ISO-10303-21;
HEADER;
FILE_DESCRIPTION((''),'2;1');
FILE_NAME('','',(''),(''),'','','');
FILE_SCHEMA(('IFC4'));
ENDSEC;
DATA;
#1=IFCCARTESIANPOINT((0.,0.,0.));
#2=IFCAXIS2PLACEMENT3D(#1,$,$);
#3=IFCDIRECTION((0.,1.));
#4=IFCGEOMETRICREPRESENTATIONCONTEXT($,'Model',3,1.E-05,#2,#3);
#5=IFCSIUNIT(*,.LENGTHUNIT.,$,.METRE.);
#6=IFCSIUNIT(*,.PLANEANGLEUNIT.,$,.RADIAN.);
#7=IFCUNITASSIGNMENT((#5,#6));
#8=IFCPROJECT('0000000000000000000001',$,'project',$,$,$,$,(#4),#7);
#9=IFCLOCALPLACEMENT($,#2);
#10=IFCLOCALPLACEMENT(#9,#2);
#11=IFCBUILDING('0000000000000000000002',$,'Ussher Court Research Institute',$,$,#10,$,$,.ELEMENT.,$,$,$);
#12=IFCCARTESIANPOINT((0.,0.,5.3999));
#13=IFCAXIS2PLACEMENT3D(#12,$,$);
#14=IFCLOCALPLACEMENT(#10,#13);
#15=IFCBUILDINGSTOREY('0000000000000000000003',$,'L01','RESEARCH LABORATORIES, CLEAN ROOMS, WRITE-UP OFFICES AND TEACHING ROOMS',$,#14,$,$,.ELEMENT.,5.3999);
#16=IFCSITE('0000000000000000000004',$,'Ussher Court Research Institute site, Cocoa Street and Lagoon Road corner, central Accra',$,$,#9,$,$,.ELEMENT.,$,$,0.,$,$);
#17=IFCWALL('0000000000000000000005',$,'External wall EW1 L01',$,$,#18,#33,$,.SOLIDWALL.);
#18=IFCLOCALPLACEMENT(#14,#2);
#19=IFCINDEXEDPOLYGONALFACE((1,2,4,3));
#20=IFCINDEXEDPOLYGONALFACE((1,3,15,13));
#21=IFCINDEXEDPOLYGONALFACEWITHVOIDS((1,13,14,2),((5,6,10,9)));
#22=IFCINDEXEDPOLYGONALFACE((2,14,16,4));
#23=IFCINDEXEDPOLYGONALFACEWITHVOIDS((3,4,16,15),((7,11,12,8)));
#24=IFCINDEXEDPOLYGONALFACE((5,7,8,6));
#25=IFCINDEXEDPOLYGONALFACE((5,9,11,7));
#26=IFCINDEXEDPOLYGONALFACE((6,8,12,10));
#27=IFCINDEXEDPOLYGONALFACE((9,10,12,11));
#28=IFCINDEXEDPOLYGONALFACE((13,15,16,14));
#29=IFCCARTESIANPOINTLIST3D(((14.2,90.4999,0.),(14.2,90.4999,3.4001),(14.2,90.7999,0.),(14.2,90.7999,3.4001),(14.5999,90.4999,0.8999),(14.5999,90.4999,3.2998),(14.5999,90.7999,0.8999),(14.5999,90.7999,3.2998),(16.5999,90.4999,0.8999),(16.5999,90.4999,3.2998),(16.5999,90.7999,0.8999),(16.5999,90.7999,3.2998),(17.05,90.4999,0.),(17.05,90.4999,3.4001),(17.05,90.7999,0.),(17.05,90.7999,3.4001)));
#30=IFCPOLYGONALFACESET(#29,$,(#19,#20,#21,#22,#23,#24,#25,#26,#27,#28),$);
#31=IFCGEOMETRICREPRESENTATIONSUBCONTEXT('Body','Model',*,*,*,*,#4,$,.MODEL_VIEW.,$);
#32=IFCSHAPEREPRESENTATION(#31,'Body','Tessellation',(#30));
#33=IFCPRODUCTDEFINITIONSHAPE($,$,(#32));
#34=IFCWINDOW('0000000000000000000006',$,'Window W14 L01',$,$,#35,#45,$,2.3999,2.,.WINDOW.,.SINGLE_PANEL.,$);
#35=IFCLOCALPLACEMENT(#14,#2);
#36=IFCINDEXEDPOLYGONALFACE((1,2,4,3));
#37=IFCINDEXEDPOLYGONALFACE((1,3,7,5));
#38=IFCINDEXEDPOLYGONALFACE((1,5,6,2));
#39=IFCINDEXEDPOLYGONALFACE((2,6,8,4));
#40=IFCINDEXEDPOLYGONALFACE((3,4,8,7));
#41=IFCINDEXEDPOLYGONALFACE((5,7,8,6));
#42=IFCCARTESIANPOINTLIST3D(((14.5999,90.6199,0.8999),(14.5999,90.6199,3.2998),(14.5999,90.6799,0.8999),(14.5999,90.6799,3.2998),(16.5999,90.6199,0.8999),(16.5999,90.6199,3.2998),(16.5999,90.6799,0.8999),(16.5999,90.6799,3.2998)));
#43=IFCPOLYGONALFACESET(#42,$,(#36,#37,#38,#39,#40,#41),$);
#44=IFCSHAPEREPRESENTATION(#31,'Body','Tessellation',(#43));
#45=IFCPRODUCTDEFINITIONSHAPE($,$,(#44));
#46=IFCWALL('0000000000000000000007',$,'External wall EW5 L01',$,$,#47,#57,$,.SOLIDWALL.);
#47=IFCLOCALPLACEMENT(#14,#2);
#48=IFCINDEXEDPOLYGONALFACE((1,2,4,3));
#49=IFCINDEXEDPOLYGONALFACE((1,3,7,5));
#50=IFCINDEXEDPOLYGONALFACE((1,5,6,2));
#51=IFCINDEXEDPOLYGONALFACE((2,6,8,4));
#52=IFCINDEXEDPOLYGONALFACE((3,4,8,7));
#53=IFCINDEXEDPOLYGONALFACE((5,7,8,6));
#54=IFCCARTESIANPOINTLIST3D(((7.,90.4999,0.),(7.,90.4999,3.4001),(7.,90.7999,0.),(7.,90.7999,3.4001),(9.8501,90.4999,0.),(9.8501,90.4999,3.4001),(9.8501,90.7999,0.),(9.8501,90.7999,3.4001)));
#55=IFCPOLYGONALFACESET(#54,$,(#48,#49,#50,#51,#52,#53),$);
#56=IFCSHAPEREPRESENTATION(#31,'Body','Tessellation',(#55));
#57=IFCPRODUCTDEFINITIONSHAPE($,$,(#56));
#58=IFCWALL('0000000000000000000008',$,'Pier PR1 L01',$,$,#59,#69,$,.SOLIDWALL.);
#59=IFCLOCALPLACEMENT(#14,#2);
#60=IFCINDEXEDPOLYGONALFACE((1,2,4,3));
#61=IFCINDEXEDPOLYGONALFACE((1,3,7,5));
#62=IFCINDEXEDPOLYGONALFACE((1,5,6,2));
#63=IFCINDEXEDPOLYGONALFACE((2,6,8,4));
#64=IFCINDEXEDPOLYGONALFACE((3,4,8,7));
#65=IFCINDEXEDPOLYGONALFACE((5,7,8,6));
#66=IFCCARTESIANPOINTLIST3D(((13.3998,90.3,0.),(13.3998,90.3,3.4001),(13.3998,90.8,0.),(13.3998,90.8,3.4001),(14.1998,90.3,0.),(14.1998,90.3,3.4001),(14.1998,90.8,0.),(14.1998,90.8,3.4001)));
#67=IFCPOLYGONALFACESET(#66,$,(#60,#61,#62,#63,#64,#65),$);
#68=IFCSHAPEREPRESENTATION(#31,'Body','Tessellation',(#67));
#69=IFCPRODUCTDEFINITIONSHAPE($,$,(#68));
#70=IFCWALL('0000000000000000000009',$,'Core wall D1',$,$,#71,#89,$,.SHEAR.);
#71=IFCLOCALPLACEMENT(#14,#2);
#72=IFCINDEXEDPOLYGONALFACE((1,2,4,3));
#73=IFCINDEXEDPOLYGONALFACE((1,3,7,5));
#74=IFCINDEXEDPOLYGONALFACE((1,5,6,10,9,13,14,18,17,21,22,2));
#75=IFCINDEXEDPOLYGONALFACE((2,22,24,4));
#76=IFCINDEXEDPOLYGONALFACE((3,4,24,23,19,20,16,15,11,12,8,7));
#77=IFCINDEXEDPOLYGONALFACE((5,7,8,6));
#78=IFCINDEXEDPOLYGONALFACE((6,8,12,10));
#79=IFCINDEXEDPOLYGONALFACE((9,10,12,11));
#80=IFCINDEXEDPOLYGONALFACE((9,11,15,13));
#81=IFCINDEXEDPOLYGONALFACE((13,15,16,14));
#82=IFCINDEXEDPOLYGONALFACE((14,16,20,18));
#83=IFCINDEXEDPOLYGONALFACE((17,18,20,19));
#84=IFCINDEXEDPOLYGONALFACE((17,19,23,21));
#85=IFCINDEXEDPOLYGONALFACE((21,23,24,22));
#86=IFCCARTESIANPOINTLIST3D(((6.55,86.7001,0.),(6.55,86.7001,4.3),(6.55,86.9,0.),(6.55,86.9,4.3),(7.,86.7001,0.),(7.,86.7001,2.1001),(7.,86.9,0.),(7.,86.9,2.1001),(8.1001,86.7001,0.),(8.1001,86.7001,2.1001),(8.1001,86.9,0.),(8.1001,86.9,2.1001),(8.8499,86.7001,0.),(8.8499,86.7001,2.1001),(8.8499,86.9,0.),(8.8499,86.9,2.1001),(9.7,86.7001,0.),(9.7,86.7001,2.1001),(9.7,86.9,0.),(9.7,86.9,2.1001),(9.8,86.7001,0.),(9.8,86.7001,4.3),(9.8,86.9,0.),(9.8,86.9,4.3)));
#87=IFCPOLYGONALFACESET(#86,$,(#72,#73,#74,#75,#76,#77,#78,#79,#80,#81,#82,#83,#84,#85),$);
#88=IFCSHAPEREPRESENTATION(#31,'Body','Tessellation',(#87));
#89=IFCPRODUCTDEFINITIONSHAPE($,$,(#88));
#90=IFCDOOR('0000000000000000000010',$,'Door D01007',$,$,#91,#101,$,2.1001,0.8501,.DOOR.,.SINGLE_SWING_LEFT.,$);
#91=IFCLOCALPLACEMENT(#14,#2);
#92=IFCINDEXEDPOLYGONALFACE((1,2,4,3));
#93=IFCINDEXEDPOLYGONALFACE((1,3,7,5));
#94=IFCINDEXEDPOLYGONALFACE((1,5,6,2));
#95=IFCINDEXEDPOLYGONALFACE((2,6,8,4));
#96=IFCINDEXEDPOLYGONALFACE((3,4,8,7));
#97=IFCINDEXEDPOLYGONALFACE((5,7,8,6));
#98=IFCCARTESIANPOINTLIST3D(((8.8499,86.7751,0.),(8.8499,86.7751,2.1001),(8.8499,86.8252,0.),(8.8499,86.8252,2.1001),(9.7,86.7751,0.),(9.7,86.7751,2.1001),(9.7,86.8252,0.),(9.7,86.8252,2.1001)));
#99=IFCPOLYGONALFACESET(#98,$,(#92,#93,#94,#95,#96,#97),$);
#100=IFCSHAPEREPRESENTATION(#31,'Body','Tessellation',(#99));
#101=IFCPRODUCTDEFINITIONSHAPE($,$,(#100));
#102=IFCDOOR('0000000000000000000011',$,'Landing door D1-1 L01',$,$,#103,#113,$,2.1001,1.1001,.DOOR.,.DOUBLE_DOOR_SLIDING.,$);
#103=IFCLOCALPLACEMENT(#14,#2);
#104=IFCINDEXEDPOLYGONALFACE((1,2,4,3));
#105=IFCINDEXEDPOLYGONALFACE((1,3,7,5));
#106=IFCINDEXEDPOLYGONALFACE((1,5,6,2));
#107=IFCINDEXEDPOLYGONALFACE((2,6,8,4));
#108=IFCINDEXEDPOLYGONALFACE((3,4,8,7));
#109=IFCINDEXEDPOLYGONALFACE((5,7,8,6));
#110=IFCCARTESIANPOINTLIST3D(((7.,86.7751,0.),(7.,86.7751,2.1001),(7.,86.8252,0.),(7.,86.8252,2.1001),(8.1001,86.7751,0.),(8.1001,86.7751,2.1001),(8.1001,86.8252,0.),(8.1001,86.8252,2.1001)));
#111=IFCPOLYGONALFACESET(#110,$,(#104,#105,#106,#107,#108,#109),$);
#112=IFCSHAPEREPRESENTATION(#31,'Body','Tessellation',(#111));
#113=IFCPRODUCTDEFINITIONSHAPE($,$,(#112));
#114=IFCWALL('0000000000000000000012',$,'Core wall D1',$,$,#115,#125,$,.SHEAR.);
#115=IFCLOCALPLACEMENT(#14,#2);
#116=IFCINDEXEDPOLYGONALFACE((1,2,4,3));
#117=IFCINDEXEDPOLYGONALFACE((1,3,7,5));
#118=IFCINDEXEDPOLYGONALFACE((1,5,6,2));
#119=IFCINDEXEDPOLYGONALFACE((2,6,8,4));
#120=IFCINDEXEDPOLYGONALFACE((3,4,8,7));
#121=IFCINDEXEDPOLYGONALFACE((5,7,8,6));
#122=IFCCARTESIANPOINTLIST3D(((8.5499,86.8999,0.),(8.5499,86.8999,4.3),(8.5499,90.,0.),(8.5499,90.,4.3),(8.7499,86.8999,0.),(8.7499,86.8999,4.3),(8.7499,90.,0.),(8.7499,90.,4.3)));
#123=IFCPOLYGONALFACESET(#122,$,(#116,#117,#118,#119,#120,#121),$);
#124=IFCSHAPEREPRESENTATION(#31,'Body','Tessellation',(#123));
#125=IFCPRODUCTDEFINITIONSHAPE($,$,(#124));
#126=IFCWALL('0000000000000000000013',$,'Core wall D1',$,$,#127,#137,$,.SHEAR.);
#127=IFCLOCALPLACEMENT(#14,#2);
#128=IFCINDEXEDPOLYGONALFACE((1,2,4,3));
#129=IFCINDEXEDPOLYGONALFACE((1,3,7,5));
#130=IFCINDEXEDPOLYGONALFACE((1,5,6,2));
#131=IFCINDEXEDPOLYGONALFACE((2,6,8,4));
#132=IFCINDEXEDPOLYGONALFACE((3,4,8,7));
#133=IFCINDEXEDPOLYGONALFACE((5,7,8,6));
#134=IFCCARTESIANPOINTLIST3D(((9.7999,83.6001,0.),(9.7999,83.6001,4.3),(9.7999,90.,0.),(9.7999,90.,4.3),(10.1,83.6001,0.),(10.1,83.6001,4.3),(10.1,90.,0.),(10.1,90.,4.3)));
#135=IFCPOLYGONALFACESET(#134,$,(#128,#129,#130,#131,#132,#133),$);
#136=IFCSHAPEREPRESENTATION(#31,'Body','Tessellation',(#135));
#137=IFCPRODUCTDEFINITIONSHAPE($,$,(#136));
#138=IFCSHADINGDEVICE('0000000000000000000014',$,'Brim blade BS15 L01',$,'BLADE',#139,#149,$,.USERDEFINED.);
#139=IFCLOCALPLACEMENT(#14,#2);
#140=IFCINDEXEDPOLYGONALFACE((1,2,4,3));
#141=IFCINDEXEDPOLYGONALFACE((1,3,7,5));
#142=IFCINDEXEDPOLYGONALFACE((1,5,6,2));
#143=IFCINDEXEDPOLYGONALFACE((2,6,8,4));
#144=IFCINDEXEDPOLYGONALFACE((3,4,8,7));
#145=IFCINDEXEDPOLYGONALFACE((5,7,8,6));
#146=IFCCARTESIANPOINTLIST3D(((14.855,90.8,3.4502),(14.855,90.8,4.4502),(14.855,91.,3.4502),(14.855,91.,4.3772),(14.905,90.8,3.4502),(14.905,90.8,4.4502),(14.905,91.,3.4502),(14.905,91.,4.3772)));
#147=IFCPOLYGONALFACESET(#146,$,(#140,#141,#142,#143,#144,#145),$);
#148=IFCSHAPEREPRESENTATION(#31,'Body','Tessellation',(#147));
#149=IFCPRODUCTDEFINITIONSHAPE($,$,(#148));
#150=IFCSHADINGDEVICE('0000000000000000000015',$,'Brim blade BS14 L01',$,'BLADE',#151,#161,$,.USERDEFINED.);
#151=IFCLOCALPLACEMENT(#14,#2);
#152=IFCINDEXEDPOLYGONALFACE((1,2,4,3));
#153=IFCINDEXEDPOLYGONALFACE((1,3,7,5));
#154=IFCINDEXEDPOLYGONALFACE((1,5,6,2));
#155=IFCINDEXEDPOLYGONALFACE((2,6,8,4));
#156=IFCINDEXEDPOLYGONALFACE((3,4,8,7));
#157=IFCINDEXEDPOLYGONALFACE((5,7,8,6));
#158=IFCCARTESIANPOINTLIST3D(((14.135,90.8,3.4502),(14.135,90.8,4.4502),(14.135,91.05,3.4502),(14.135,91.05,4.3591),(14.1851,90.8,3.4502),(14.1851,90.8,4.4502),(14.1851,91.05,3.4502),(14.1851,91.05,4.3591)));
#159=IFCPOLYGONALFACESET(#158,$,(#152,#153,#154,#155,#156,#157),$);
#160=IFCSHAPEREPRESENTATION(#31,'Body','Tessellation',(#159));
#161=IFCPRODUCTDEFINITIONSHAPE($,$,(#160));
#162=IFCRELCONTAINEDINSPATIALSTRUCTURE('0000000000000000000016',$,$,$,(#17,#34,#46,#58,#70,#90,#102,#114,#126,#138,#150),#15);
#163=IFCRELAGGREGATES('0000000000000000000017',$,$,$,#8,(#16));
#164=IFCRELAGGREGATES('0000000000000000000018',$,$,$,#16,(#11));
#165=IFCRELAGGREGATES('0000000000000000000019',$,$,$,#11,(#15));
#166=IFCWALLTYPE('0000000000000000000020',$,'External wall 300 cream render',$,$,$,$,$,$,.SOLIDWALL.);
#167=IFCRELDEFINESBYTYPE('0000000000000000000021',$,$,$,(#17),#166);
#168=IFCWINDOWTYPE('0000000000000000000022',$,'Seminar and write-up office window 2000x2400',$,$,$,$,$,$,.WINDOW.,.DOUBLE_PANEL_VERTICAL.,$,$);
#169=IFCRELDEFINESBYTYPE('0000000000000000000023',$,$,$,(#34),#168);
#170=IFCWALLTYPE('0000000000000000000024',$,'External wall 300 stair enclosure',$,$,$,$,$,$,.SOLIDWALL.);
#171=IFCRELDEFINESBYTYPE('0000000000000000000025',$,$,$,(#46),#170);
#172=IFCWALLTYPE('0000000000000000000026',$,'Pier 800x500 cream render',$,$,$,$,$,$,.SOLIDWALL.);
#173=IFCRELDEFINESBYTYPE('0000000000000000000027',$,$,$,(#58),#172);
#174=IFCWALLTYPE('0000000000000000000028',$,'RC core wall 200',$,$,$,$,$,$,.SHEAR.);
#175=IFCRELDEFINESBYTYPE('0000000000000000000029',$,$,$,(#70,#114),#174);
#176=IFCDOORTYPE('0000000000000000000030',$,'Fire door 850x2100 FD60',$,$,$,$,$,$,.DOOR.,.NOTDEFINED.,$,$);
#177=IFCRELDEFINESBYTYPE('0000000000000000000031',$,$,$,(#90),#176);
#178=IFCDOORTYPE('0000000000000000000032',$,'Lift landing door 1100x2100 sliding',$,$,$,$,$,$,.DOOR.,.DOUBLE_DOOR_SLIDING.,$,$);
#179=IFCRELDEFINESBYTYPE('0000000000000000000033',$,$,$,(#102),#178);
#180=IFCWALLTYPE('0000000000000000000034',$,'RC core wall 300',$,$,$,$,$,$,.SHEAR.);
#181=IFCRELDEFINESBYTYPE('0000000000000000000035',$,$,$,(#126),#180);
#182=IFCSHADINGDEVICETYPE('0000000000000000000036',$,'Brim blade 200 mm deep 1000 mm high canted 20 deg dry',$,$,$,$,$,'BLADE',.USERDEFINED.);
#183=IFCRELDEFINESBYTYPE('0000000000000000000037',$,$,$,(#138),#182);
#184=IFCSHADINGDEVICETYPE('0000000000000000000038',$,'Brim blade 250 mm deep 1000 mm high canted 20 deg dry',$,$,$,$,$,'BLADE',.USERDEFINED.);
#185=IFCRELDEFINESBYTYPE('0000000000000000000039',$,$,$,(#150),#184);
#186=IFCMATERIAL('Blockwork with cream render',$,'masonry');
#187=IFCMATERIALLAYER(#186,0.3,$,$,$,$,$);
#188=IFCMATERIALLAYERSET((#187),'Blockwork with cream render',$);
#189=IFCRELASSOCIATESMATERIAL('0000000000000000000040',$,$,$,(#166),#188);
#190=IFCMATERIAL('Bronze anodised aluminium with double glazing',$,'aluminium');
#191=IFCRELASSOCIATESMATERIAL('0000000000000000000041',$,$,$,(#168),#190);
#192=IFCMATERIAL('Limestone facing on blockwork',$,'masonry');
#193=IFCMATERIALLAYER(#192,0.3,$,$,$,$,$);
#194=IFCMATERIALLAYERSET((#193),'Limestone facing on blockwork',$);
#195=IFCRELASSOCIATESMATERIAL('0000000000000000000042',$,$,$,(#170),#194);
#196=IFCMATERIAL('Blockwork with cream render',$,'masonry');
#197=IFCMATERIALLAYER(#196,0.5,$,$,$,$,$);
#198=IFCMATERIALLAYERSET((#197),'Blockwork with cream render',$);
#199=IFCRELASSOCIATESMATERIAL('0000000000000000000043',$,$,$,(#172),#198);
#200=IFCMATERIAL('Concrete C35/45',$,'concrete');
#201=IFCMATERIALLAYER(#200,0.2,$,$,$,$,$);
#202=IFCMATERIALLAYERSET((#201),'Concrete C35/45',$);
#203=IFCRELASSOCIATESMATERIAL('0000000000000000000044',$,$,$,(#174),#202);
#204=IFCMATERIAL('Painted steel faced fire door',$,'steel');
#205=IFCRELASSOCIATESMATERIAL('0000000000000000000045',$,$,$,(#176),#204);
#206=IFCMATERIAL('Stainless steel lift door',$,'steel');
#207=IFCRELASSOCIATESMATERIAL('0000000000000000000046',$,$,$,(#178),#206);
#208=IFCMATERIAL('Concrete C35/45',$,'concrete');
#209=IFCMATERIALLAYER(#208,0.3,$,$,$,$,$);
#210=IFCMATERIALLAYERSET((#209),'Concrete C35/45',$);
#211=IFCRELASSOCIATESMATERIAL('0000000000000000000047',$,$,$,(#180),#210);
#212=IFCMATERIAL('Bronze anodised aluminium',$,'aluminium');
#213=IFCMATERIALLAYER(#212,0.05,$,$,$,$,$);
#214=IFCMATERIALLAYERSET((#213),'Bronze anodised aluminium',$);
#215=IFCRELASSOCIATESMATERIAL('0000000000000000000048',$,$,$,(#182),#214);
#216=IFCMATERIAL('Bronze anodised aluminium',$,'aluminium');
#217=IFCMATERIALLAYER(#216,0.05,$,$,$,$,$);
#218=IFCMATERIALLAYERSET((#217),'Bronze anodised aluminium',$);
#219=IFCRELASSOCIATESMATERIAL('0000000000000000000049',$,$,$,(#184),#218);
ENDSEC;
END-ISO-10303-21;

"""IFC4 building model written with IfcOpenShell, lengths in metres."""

from ifc_helpers import new_model, si_unit, direction, frame, frame_2d, origin, place, context, subcontext, project, spatial, polyline, rectangle, outline, extrude, material, layer, layer_set, type_object, element, fill, save


model = new_model("IFC4")

# Units and contexts
model_context = context("Model", 3, precision=1e-05, world=origin(), true_north=direction((0.0, 1.0)))
body_context = subcontext(model_context, "Body", "Model", "MODEL_VIEW")
ifc_project = project(units=[si_unit("LENGTHUNIT", "METRE"), si_unit("PLANEANGLEUNIT", "RADIAN")], contexts=[model_context])

# Site, building, storey
site_placement = place(None, origin())
site = spatial("IfcSite", under=ifc_project, at=site_placement, Name="Ussher Court Research Institute site, Cocoa Street and Lagoon Road corner, central Accra", CompositionType="ELEMENT", RefElevation=0.0)
building_placement = place(site_placement, origin())
building = spatial("IfcBuilding", under=site, at=building_placement, Name="Ussher Court Research Institute", CompositionType="ELEMENT")
storey_placement = place(building_placement, frame((0.0, 0.0, 5.3999)))
storey = spatial("IfcBuildingStorey", under=building, at=storey_placement, Name="L01", Description="RESEARCH LABORATORIES, CLEAN ROOMS, WRITE-UP OFFICES AND TEACHING ROOMS", CompositionType="ELEMENT", Elevation=5.3999)

# Wall, opening, window
ifc_material_1 = material(Name="Blockwork with cream render", Category="masonry")
ifc_layer_1 = layer(ifc_material_1, 0.3)
ifc_layer_set_1 = layer_set([ifc_layer_1], Name="Blockwork with cream render")
wall_type_1 = type_object("IfcWallType", Name="External wall 300 cream render", PredefinedType="SOLIDWALL", material=ifc_layer_set_1)
ifc_material_2 = material(Name="Bronze anodised aluminium with double glazing", Category="aluminium")
window_type = type_object("IfcWindowType", Name="Seminar and write-up office window 2000x2400", PartitioningType="DOUBLE_PANEL_VERTICAL", PredefinedType="WINDOW", material=ifc_material_2)
wall_1_placement = place(storey_placement, frame((14.2, 90.6499, 0.0), z_axis=(0.0, 0.0, 1.0), x_axis=(1.0, 0.0, 0.0)))
wall_1 = element("IfcWall", 1, at=wall_1_placement, inside=storey, type_object=wall_type_1, Name="External wall EW1 L01", PredefinedType="SOLIDWALL", context=body_context, shape_type="SweptSolid", body=[
    extrude(rectangle(XDim=2.8501, YDim=0.3, at=frame_2d((1.425, 0.0))), origin(), (0.0, 0.0, 1.0), 3.4001),
])
opening_1_placement = place(wall_1_placement, frame((0.3999, 0.0, 0.8999)))
opening_1 = element("IfcOpeningElement", 2, at=opening_1_placement, cuts=wall_1, PredefinedType="OPENING", context=body_context, shape_type="SweptSolid", body=[
    extrude(rectangle(XDim=2.0, YDim=2.3999, at=frame_2d((1.0, 1.2))), frame((0.0, 0.1602, 0.0), z_axis=(0.0, -1.0, 0.0), x_axis=(1.0, 0.0, 0.0)), (0.0, 0.0, 1.0), 0.3201),
])
window_1_placement = place(opening_1_placement, origin())
window_1 = element("IfcWindow", 3, at=window_1_placement, inside=storey, type_object=window_type, Name="Window W14 L01", OverallHeight=2.3999, OverallWidth=2.0, PartitioningType="SINGLE_PANEL", PredefinedType="WINDOW", context=body_context, shape_type="SweptSolid", body=[
    extrude(rectangle(XDim=2.0, YDim=2.3999, at=frame_2d((1.0, 1.2))), frame((0.0, 0.03, 0.0), z_axis=(0.0, -1.0, 0.0), x_axis=(1.0, 0.0, 0.0)), (0.0, 0.0, 1.0), 0.0601),
])
fill(opening_1, window_1)

# Walls
ifc_material_3 = material(Name="Limestone facing on blockwork", Category="masonry")
ifc_layer_2 = layer(ifc_material_3, 0.3)
ifc_layer_set_2 = layer_set([ifc_layer_2], Name="Limestone facing on blockwork")
wall_type_2 = type_object("IfcWallType", Name="External wall 300 stair enclosure", PredefinedType="SOLIDWALL", material=ifc_layer_set_2)
wall_2_placement = place(storey_placement, frame((7.0, 90.6499, 0.0), z_axis=(0.0, 0.0, 1.0), x_axis=(1.0, 0.0, 0.0)))
element("IfcWall", 4, at=wall_2_placement, inside=storey, type_object=wall_type_2, Name="External wall EW5 L01", PredefinedType="SOLIDWALL", context=body_context, shape_type="SweptSolid", body=[
    extrude(rectangle(XDim=2.8501, YDim=0.3, at=frame_2d((1.425, 0.0))), origin(), (0.0, 0.0, 1.0), 3.4001),
])
ifc_material_4 = material(Name="Blockwork with cream render", Category="masonry")
ifc_layer_3 = layer(ifc_material_4, 0.5)
ifc_layer_set_3 = layer_set([ifc_layer_3], Name="Blockwork with cream render")
wall_type_3 = type_object("IfcWallType", Name="Pier 800x500 cream render", PredefinedType="SOLIDWALL", material=ifc_layer_set_3)
wall_3_placement = place(storey_placement, frame((13.3999, 90.55, 0.0), z_axis=(0.0, 0.0, 1.0), x_axis=(1.0, 0.0, 0.0)))
element("IfcWall", 5, at=wall_3_placement, inside=storey, type_object=wall_type_3, Name="Pier PR1 L01", PredefinedType="SOLIDWALL", context=body_context, shape_type="SweptSolid", body=[
    extrude(rectangle(XDim=0.8, YDim=0.5, at=frame_2d((0.3999, 0.0))), origin(), (0.0, 0.0, 1.0), 3.4001),
])

# Wall, openings, doors
ifc_material_5 = material(Name="Concrete C35/45", Category="concrete")
ifc_layer_4 = layer(ifc_material_5, 0.2)
ifc_layer_set_4 = layer_set([ifc_layer_4], Name="Concrete C35/45")
wall_type_4 = type_object("IfcWallType", Name="RC core wall 200", PredefinedType="SHEAR", material=ifc_layer_set_4)
wall_4_placement = place(storey_placement, frame((9.8, 86.8, 0.0), z_axis=(0.0, 0.0, 1.0), x_axis=(-1.0, 0.0, 0.0)))
wall_4 = element("IfcWall", 6, at=wall_4_placement, inside=storey, type_object=wall_type_4, Name="Core wall D1", PredefinedType="SHEAR", context=body_context, shape_type="SweptSolid", body=[
    extrude(rectangle(XDim=3.25, YDim=0.2, at=frame_2d((1.625, 0.0))), origin(), (0.0, 0.0, 1.0), 4.3),
])
opening_2_placement = place(wall_4_placement, frame((1.7, 0.0, 0.0)))
opening_2 = element("IfcOpeningElement", 7, at=opening_2_placement, cuts=wall_4, PredefinedType="OPENING", context=body_context, shape_type="SweptSolid", body=[
    extrude(rectangle(XDim=1.1001, YDim=2.1001, at=frame_2d((0.55, 1.05))), frame((0.0, 0.1099, 0.0), z_axis=(0.0, -1.0, 0.0), x_axis=(1.0, 0.0, 0.0)), (0.0, 0.0, 1.0), 0.22),
])
opening_3_placement = place(wall_4_placement, frame((0.1001, 0.0, 0.0)))
opening_3 = element("IfcOpeningElement", 8, at=opening_3_placement, cuts=wall_4, PredefinedType="OPENING", context=body_context, shape_type="SweptSolid", body=[
    extrude(rectangle(XDim=0.8501, YDim=2.1001, at=frame_2d((0.425, 1.05))), frame((0.0, 0.1099, 0.0), z_axis=(0.0, -1.0, 0.0), x_axis=(1.0, 0.0, 0.0)), (0.0, 0.0, 1.0), 0.22),
])
ifc_material_6 = material(Name="Painted steel faced fire door", Category="steel")
door_type_1 = type_object("IfcDoorType", Name="Fire door 850x2100 FD60", OperationType="NOTDEFINED", PredefinedType="DOOR", material=ifc_material_6)
door_1_placement = place(opening_3_placement, origin())
door_1 = element("IfcDoor", 9, at=door_1_placement, inside=storey, type_object=door_type_1, Name="Door D01007", OperationType="SINGLE_SWING_LEFT", OverallHeight=2.1001, OverallWidth=0.8501, PredefinedType="DOOR", context=body_context, shape_type="SweptSolid", body=[
    extrude(rectangle(XDim=0.8501, YDim=2.1001, at=frame_2d((0.425, 1.05))), frame((0.0, 0.0249, 0.0), z_axis=(0.0, -1.0, 0.0), x_axis=(1.0, 0.0, 0.0)), (0.0, 0.0, 1.0), 0.05),
])
fill(opening_3, door_1)
ifc_material_7 = material(Name="Stainless steel lift door", Category="steel")
door_type_2 = type_object("IfcDoorType", Name="Lift landing door 1100x2100 sliding", OperationType="DOUBLE_DOOR_SLIDING", PredefinedType="DOOR", material=ifc_material_7)
door_2_placement = place(opening_2_placement, origin())
door_2 = element("IfcDoor", 10, at=door_2_placement, inside=storey, type_object=door_type_2, Name="Landing door D1-1 L01", OperationType="DOUBLE_DOOR_SLIDING", OverallHeight=2.1001, OverallWidth=1.1001, PredefinedType="DOOR", context=body_context, shape_type="SweptSolid", body=[
    extrude(rectangle(XDim=1.1001, YDim=2.1001, at=frame_2d((0.55, 1.05))), frame((0.0, 0.0249, 0.0), z_axis=(0.0, -1.0, 0.0), x_axis=(1.0, 0.0, 0.0)), (0.0, 0.0, 1.0), 0.05),
])
fill(opening_2, door_2)

# Walls
wall_5_placement = place(storey_placement, frame((8.6499, 86.8999, 0.0), z_axis=(0.0, 0.0, 1.0), x_axis=(0.0, 1.0, 0.0)))
element("IfcWall", 11, at=wall_5_placement, inside=storey, type_object=wall_type_4, Name="Core wall D1", PredefinedType="SHEAR", context=body_context, shape_type="SweptSolid", body=[
    extrude(rectangle(XDim=3.1001, YDim=0.2, at=frame_2d((1.55, 0.0))), origin(), (0.0, 0.0, 1.0), 4.3),
])
ifc_material_8 = material(Name="Concrete C35/45", Category="concrete")
ifc_layer_5 = layer(ifc_material_8, 0.3)
ifc_layer_set_5 = layer_set([ifc_layer_5], Name="Concrete C35/45")
wall_type_5 = type_object("IfcWallType", Name="RC core wall 300", PredefinedType="SHEAR", material=ifc_layer_set_5)
wall_6_placement = place(storey_placement, frame((9.95, 83.6001, 0.0), z_axis=(0.0, 0.0, 1.0), x_axis=(0.0, 1.0, 0.0)))
element("IfcWall", 12, at=wall_6_placement, inside=storey, type_object=wall_type_5, Name="Core wall D1", PredefinedType="SHEAR", context=body_context, shape_type="SweptSolid", body=[
    extrude(rectangle(XDim=6.3999, YDim=0.3, at=frame_2d((3.2, 0.0))), origin(), (0.0, 0.0, 1.0), 4.3),
])

# Shading devices
ifc_material_9 = material(Name="Bronze anodised aluminium", Category="aluminium")
ifc_layer_6 = layer(ifc_material_9, 0.05)
ifc_layer_set_6 = layer_set([ifc_layer_6], Name="Bronze anodised aluminium")
shading_device_type_1 = type_object("IfcShadingDeviceType", Name="Brim blade 200 mm deep 1000 mm high canted 20 deg dry", ElementType="BLADE", PredefinedType="USERDEFINED", material=ifc_layer_set_6)
shading_device_1_placement = place(storey_placement, frame((14.8799, 90.8, 3.4502), z_axis=(0.0, 0.0, 1.0), x_axis=(0.0, 1.0, 0.0)))
element("IfcShadingDevice", 13, at=shading_device_1_placement, inside=storey, type_object=shading_device_type_1, Name="Brim blade BS15 L01", ObjectType="BLADE", PredefinedType="USERDEFINED", context=body_context, shape_type="SweptSolid", body=[
    extrude(outline(polyline([(0.0, 0.0), (0.2, 0.0), (0.2, 0.927), (0.0, 1.0), (0.0, 0.0)])), frame((0.0, 0.0249, 0.0), z_axis=(0.0, -1.0, 0.0), x_axis=(1.0, 0.0, 0.0)), (0.0, 0.0, 1.0), 0.05),
])
ifc_material_10 = material(Name="Bronze anodised aluminium", Category="aluminium")
ifc_layer_7 = layer(ifc_material_10, 0.05)
ifc_layer_set_7 = layer_set([ifc_layer_7], Name="Bronze anodised aluminium")
shading_device_type_2 = type_object("IfcShadingDeviceType", Name="Brim blade 250 mm deep 1000 mm high canted 20 deg dry", ElementType="BLADE", PredefinedType="USERDEFINED", material=ifc_layer_set_7)
shading_device_2_placement = place(storey_placement, frame((14.1599, 90.8, 3.4502), z_axis=(0.0, 0.0, 1.0), x_axis=(0.0, 1.0, 0.0)))
element("IfcShadingDevice", 14, at=shading_device_2_placement, inside=storey, type_object=shading_device_type_2, Name="Brim blade BS14 L01", ObjectType="BLADE", PredefinedType="USERDEFINED", context=body_context, shape_type="SweptSolid", body=[
    extrude(outline(polyline([(0.0, 0.0), (0.25, 0.0), (0.25, 0.9089), (0.0, 1.0), (0.0, 0.0)])), frame((0.0, 0.0249, 0.0), z_axis=(0.0, -1.0, 0.0), x_axis=(1.0, 0.0, 0.0)), (0.0, 0.0, 1.0), 0.05),
])

save(model, "model.ifc")
